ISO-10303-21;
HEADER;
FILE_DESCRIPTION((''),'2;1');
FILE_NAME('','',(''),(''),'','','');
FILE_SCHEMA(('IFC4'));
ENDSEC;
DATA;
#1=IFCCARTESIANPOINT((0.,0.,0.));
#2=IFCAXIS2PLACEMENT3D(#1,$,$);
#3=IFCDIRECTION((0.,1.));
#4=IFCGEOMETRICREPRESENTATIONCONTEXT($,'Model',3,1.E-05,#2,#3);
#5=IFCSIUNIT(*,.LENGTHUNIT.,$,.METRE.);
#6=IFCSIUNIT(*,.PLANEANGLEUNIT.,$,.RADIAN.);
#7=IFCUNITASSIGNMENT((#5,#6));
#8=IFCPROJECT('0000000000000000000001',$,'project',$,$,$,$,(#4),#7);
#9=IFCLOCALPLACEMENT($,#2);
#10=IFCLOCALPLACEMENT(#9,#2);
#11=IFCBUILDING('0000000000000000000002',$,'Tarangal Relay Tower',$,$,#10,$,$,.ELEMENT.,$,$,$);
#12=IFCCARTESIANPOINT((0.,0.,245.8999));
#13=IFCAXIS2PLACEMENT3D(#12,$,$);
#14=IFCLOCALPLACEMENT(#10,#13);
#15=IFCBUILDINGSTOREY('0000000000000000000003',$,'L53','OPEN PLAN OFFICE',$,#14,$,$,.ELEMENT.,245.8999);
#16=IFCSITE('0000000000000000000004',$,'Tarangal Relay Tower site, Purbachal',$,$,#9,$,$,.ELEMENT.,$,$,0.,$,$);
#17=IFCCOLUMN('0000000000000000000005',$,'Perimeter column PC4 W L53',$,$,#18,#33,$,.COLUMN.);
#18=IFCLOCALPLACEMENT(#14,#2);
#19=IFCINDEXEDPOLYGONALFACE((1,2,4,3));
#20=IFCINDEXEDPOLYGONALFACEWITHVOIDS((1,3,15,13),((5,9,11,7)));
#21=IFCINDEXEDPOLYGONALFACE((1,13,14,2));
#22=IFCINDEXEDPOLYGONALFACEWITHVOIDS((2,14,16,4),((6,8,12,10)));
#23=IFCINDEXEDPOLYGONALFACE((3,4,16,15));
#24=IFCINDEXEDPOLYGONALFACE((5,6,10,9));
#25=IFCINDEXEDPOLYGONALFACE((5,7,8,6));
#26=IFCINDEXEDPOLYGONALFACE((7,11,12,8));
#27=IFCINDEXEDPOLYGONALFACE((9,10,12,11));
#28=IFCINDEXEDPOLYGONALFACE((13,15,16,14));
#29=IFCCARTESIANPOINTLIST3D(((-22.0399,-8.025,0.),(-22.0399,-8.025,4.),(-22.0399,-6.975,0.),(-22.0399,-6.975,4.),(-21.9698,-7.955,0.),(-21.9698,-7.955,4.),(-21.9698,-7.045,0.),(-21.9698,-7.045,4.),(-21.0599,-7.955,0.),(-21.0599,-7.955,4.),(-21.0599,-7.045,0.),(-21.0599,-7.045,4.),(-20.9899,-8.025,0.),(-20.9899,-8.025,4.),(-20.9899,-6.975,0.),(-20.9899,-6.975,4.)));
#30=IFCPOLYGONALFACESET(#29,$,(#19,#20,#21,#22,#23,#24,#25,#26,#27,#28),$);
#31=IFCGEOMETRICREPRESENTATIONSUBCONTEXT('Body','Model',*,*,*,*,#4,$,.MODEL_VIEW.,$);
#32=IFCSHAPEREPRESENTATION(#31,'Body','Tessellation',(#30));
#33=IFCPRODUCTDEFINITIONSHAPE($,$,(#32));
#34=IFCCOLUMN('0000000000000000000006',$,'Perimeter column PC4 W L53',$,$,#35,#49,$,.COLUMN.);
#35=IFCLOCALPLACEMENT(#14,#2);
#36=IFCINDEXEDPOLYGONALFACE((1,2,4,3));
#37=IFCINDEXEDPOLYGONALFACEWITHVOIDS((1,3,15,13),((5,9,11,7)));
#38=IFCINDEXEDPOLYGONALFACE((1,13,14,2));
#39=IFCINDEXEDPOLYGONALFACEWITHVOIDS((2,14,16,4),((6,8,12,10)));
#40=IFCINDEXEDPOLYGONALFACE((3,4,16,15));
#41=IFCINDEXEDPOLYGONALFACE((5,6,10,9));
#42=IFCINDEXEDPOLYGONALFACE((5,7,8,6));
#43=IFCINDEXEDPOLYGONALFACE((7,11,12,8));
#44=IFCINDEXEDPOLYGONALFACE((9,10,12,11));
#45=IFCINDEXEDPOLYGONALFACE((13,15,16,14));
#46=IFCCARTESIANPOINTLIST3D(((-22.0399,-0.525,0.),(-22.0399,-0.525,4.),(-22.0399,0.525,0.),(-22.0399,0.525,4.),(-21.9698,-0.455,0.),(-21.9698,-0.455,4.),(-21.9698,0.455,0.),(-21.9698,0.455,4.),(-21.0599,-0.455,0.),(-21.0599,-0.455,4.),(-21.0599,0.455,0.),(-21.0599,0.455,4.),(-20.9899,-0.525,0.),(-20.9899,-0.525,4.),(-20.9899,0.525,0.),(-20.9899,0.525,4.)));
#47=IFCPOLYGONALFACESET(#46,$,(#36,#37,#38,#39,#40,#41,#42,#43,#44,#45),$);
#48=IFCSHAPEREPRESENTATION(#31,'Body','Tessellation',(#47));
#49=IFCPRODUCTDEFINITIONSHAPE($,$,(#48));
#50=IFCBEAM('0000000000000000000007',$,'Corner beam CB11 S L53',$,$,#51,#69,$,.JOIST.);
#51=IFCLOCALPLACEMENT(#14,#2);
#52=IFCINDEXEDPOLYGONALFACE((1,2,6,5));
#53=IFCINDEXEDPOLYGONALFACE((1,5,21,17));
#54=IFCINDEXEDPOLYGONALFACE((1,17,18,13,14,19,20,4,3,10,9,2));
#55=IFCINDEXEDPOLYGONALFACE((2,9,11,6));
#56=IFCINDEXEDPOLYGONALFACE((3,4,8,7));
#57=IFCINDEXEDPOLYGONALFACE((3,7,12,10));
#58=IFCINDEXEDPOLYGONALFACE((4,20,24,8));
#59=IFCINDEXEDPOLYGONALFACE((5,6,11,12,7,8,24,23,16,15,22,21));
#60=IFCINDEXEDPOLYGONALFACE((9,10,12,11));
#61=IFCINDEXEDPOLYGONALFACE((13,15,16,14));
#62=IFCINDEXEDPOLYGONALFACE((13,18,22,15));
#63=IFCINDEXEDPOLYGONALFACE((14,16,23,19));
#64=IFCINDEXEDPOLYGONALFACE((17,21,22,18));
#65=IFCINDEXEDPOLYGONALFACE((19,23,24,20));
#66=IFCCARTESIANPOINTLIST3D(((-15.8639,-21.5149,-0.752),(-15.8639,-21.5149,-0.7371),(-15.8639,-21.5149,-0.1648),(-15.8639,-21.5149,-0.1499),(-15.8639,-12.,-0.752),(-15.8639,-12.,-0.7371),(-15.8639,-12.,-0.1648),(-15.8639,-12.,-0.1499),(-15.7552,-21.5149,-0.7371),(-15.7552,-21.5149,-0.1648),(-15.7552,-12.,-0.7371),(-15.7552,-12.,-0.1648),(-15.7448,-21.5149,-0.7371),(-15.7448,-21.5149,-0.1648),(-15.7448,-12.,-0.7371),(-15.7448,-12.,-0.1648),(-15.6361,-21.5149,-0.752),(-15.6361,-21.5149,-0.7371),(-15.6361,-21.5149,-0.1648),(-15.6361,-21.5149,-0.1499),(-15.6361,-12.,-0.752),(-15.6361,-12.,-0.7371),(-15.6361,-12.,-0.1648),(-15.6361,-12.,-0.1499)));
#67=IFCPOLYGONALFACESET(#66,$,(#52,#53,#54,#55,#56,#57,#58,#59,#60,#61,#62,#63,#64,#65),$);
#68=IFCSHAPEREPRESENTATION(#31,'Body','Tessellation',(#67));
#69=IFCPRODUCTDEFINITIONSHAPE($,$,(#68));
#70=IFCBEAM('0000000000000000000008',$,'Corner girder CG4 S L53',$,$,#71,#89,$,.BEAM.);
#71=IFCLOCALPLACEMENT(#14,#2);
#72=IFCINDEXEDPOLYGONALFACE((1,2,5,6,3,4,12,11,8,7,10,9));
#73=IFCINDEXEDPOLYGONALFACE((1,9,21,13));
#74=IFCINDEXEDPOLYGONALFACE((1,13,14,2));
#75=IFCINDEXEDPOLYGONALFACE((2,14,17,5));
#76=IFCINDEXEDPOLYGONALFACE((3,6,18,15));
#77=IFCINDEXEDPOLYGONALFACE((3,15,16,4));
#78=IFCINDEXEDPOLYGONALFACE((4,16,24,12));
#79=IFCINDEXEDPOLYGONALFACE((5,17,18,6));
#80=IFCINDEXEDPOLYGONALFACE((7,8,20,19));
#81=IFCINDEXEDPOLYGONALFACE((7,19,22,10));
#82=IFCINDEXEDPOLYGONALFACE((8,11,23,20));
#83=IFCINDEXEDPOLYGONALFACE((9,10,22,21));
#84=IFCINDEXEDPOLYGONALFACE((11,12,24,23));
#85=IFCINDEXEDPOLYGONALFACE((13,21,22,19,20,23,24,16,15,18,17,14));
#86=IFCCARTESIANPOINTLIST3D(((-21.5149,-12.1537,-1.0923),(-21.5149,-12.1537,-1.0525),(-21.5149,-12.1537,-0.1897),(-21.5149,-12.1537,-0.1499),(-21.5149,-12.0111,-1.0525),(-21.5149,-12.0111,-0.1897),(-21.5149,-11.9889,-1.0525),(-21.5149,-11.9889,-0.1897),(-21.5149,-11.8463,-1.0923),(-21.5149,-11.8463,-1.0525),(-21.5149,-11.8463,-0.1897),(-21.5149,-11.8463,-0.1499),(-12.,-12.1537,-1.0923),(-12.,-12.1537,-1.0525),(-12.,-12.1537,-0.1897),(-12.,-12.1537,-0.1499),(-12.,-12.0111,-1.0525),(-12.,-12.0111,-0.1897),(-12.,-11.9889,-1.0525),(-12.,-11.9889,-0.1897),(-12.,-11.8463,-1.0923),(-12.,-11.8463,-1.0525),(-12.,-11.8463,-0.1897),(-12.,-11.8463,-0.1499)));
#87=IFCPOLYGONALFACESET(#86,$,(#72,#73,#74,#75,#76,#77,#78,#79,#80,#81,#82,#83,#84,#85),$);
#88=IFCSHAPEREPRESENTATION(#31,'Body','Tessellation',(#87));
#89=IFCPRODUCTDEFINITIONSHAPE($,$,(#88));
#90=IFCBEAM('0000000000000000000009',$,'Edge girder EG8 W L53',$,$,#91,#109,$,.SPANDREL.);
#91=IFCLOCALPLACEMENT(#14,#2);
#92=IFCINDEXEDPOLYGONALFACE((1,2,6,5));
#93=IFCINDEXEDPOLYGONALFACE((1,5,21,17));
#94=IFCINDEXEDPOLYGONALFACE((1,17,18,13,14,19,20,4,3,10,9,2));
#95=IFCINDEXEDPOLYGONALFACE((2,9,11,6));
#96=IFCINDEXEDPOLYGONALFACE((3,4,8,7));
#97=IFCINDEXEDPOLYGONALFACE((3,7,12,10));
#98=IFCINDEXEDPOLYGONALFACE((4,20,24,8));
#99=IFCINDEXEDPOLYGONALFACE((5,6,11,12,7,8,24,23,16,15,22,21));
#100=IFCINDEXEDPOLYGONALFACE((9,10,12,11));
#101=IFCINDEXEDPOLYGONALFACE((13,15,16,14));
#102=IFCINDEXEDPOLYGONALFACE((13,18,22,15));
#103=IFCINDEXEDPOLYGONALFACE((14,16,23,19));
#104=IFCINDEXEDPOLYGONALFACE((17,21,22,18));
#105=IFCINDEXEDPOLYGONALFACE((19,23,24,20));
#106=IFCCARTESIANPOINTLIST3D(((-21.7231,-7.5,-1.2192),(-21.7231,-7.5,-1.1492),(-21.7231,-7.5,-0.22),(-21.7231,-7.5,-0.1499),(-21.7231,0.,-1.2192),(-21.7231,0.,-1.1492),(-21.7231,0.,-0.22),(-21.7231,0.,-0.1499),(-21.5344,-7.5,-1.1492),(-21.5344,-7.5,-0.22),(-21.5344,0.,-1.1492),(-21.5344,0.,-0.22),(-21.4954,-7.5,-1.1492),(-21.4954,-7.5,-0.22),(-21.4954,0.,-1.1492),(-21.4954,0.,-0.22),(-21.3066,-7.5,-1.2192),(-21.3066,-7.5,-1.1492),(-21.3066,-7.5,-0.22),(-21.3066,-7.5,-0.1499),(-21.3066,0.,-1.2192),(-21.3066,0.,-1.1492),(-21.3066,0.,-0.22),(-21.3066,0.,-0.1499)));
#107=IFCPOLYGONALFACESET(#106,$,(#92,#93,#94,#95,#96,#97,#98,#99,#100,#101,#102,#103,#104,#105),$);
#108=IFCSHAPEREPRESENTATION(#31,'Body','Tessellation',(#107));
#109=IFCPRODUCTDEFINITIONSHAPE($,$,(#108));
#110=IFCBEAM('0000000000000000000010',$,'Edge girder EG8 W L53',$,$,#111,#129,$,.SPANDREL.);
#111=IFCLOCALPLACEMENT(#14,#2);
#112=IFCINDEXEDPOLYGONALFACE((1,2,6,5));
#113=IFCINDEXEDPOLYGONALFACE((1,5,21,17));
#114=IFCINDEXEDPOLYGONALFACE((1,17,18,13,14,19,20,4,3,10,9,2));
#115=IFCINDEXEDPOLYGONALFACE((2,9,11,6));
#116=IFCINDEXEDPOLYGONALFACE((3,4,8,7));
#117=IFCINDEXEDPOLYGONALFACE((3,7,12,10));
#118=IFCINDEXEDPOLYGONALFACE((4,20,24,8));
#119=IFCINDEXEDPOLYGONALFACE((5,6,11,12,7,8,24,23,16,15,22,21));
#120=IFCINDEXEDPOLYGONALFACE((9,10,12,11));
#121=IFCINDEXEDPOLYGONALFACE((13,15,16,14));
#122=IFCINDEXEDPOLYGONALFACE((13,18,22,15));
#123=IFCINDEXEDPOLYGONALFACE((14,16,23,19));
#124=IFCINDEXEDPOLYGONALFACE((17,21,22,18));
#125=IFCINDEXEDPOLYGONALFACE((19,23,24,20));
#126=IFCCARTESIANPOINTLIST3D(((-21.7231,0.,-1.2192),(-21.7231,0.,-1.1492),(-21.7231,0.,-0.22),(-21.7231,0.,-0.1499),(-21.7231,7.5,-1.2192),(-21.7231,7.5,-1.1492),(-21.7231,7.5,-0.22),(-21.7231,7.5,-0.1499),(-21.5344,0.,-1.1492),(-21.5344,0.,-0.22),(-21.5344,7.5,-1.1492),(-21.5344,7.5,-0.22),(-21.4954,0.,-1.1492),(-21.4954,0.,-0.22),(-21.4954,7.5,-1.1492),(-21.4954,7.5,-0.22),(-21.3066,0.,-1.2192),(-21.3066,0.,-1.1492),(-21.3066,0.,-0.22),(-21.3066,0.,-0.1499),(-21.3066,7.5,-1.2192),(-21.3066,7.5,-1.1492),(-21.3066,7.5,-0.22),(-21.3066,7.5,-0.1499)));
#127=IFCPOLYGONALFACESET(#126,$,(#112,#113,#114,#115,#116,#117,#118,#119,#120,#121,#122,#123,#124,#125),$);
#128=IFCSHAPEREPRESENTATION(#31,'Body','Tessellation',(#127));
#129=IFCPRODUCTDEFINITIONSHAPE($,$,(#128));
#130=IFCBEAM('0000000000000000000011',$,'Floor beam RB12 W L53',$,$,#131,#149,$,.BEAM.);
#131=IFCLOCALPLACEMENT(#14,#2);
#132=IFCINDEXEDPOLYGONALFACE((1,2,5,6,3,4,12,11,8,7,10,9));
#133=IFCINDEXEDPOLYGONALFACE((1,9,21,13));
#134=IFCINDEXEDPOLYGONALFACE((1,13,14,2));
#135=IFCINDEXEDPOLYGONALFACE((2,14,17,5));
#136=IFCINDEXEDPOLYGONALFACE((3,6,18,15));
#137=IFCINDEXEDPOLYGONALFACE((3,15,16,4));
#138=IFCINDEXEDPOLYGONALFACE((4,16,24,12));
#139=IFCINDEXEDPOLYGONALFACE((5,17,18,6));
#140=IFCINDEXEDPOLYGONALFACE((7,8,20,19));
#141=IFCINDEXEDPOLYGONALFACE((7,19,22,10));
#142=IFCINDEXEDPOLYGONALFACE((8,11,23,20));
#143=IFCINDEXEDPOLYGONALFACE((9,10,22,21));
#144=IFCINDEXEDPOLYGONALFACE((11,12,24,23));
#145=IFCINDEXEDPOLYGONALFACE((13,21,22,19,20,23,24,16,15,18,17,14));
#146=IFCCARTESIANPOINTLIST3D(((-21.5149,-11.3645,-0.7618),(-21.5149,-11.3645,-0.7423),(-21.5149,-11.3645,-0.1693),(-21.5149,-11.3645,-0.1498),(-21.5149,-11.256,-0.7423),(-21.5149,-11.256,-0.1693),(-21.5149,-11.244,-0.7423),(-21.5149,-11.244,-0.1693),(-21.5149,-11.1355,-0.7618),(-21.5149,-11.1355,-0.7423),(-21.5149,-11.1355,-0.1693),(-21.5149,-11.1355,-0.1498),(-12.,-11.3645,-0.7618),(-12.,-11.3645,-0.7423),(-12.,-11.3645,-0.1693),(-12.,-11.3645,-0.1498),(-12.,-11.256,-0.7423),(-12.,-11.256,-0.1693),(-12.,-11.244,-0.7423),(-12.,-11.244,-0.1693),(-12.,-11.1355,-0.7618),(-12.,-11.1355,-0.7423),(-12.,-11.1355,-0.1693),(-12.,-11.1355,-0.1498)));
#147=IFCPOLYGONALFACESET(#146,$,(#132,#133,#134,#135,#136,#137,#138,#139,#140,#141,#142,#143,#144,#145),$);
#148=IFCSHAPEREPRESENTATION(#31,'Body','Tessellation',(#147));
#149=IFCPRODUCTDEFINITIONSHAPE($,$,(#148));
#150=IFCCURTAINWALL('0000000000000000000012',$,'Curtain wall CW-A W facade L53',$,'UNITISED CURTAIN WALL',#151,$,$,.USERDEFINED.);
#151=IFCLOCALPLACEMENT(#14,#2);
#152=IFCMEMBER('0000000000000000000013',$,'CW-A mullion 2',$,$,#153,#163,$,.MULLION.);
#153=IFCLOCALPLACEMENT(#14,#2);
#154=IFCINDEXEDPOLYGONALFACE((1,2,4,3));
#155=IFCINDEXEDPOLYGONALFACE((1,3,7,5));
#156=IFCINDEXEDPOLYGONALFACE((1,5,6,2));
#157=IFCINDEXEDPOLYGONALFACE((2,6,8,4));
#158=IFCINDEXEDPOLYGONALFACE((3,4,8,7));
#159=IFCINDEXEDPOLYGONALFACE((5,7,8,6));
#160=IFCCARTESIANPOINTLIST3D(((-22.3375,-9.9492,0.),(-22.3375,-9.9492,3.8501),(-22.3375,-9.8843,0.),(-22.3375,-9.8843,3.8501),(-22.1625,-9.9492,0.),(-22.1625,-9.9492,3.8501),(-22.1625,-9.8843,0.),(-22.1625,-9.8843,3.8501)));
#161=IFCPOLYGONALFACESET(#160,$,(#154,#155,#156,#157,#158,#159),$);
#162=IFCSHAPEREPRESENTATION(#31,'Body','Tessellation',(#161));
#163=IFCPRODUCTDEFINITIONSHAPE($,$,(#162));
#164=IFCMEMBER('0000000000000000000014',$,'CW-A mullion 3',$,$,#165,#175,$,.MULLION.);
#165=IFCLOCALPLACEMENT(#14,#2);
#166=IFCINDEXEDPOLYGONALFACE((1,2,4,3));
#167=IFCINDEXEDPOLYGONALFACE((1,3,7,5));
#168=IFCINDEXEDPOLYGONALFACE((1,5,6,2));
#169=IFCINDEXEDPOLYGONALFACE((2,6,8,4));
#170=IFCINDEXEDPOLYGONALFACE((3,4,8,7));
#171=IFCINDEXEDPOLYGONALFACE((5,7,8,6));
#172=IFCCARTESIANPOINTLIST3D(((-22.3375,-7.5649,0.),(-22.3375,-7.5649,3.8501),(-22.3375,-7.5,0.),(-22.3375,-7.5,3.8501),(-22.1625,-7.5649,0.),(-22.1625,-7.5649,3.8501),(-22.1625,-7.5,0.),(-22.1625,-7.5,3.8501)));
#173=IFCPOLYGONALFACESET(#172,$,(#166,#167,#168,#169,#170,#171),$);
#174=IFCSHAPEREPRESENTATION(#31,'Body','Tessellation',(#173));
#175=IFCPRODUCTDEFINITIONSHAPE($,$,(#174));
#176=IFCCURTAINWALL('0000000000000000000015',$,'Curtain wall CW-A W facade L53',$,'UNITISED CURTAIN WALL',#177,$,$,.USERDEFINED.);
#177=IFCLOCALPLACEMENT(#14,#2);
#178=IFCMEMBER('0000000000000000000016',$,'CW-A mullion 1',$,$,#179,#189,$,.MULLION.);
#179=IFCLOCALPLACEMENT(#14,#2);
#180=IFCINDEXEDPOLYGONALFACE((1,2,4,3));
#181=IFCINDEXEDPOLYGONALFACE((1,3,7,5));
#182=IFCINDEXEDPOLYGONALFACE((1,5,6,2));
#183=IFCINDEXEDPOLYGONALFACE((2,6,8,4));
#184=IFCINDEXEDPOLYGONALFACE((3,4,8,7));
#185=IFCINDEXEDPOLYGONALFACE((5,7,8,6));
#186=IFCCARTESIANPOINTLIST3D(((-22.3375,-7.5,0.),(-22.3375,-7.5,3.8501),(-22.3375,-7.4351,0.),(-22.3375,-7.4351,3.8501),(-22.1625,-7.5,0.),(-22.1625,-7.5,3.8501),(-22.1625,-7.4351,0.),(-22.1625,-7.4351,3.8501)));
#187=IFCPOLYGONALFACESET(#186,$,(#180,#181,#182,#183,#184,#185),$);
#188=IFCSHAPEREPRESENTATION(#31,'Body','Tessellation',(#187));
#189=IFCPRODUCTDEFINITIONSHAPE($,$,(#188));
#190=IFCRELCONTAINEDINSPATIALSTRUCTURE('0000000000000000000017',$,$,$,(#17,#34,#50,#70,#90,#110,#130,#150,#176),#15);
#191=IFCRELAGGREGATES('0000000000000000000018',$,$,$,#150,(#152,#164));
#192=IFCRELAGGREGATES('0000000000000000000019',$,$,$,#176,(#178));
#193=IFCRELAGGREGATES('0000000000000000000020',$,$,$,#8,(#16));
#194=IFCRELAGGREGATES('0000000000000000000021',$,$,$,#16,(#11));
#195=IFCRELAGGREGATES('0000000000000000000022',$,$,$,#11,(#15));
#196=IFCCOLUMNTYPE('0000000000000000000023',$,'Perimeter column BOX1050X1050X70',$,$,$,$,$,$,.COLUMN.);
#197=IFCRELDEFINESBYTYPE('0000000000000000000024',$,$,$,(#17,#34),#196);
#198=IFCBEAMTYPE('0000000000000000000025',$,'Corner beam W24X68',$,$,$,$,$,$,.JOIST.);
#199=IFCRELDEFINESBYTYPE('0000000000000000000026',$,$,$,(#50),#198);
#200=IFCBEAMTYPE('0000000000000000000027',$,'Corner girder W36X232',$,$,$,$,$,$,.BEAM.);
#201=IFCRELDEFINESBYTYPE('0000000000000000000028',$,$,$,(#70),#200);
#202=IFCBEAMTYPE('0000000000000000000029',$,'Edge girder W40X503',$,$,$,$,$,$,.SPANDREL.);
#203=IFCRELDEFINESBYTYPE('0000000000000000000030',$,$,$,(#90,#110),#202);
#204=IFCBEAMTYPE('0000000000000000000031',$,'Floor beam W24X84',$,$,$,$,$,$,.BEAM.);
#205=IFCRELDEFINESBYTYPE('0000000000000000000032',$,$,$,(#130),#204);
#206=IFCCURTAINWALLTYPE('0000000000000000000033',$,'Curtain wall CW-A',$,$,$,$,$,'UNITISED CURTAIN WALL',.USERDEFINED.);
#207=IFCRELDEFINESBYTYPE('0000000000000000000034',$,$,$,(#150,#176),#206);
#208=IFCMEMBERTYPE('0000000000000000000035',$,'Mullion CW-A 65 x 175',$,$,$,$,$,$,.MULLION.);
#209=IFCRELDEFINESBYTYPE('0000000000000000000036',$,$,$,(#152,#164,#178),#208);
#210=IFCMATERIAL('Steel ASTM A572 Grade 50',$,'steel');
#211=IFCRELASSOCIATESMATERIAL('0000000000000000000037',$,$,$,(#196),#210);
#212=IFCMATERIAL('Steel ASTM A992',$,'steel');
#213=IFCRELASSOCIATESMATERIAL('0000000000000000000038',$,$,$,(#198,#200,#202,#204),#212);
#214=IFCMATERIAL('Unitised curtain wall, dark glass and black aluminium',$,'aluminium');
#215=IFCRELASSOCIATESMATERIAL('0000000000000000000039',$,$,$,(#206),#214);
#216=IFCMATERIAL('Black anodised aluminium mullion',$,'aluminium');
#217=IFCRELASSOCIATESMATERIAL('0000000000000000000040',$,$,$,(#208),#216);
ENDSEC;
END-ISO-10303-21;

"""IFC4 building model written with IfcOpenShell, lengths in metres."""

from ifc_helpers import new_model, si_unit, direction, frame, origin, origin_2d, place, context, subcontext, project, spatial, rectangle, hollow_rectangle, i_section, extrude, material, material_profile, profile_set, type_object, element, aggregate, save


model = new_model("IFC4")

# Units and contexts
model_context = context("Model", 3, precision=1e-05, world=origin(), true_north=direction((0.0, 1.0)))
body_context = subcontext(model_context, "Body", "Model", "MODEL_VIEW")
ifc_project = project(units=[si_unit("LENGTHUNIT", "METRE"), si_unit("PLANEANGLEUNIT", "RADIAN")], contexts=[model_context])

# Site, building, storey
site_placement = place(None, origin())
site = spatial("IfcSite", under=ifc_project, at=site_placement, Name="Tarangal Relay Tower site, Purbachal", CompositionType="ELEMENT", RefElevation=0.0)
building_placement = place(site_placement, origin())
building = spatial("IfcBuilding", under=site, at=building_placement, Name="Tarangal Relay Tower", CompositionType="ELEMENT")
storey_placement = place(building_placement, frame((0.0, 0.0, 245.8999)))
storey = spatial("IfcBuildingStorey", under=building, at=storey_placement, Name="L53", Description="OPEN PLAN OFFICE", CompositionType="ELEMENT", Elevation=245.8999)

# Columns
ifc_material_1 = material(Name="Steel ASTM A572 Grade 50", Category="steel")
ifc_material_profile_1 = material_profile(ifc_material_1, hollow_rectangle(XDim=1.05, YDim=1.05, WallThickness=0.0701, at=origin_2d()), Name="BOX1050X1050X70")
ifc_profile_set_1 = profile_set([ifc_material_profile_1], Name="Steel ASTM A572 Grade 50")
column_type = type_object("IfcColumnType", Name="Perimeter column BOX1050X1050X70", PredefinedType="COLUMN", material=ifc_profile_set_1)
for number, where, z_axis, x_axis, name in (
    (1, (-21.5149, -7.5, 0.0), (0.0, 0.0, 1.0), (1.0, 0.0, 0.0), "Perimeter column PC4 W L53"),
    (2, (-21.5149, 0.0, 0.0), (0.0, 0.0, 1.0), (1.0, 0.0, 0.0), "Perimeter column PC4 W L53"),
):
    element("IfcColumn", number, at=place(storey_placement, frame(where, z_axis=z_axis, x_axis=x_axis)), inside=storey, type_object=column_type, Name=name, PredefinedType="COLUMN", context=body_context, shape_type="SweptSolid", body=[
        extrude(hollow_rectangle(XDim=1.05, YDim=1.05, WallThickness=0.0701, at=origin_2d()), origin(), (0.0, 0.0, 1.0), 4.0),
    ])

# Beams
ifc_material_2 = material(Name="Steel ASTM A992", Category="steel")
ifc_material_profile_2 = material_profile(ifc_material_2, i_section(OverallWidth=0.2278, OverallDepth=0.6021, WebThickness=0.0105, FlangeThickness=0.0149, at=origin_2d()), Name="W24X68")
ifc_profile_set_2 = profile_set([ifc_material_profile_2], Name="Steel ASTM A992")
beam_type_1 = type_object("IfcBeamType", Name="Corner beam W24X68", PredefinedType="JOIST", material=ifc_profile_set_2)
beam_1_placement = place(storey_placement, frame((-15.75, -12.0, -0.4509), z_axis=(0.0, -1.0, 0.0), x_axis=(1.0, 0.0, 0.0)))
element("IfcBeam", 3, at=beam_1_placement, inside=storey, type_object=beam_type_1, Name="Corner beam CB11 S L53", PredefinedType="JOIST", context=body_context, shape_type="SweptSolid", body=[
    extrude(i_section(OverallWidth=0.2278, OverallDepth=0.6021, WebThickness=0.0105, FlangeThickness=0.0149, at=origin_2d()), origin(), (0.0, 0.0, 1.0), 9.5149),
])
ifc_material_profile_3 = material_profile(ifc_material_2, i_section(OverallWidth=0.3074, OverallDepth=0.9424, WebThickness=0.0222, FlangeThickness=0.0398, at=origin_2d()), Name="W36X232")
ifc_profile_set_3 = profile_set([ifc_material_profile_3], Name="Steel ASTM A992")
beam_type_2 = type_object("IfcBeamType", Name="Corner girder W36X232", PredefinedType="BEAM", material=ifc_profile_set_3)
beam_2_placement = place(storey_placement, frame((-12.0, -12.0, -0.6211), z_axis=(-1.0, 0.0, 0.0), x_axis=(0.0, -1.0, 0.0)))
element("IfcBeam", 4, at=beam_2_placement, inside=storey, type_object=beam_type_2, Name="Corner girder CG4 S L53", PredefinedType="BEAM", context=body_context, shape_type="SweptSolid", body=[
    extrude(i_section(OverallWidth=0.3074, OverallDepth=0.9424, WebThickness=0.0222, FlangeThickness=0.0398, at=origin_2d()), origin(), (0.0, 0.0, 1.0), 9.5149),
])
ifc_material_profile_4 = material_profile(ifc_material_2, i_section(OverallWidth=0.4165, OverallDepth=1.0693, WebThickness=0.0391, FlangeThickness=0.0701, at=origin_2d()), Name="W40X503")
ifc_profile_set_4 = profile_set([ifc_material_profile_4], Name="Steel ASTM A992")
beam_type_3 = type_object("IfcBeamType", Name="Edge girder W40X503", PredefinedType="SPANDREL", material=ifc_profile_set_4)
for number, where, z_axis, x_axis, name in (
    (5, (-21.5149, -7.5, -0.6846), (0.0, 1.0, 0.0), (-1.0, 0.0, 0.0), "Edge girder EG8 W L53"),
    (6, (-21.5149, 0.0, -0.6846), (0.0, 1.0, 0.0), (-1.0, 0.0, 0.0), "Edge girder EG8 W L53"),
):
    element("IfcBeam", number, at=place(storey_placement, frame(where, z_axis=z_axis, x_axis=x_axis)), inside=storey, type_object=beam_type_3, Name=name, PredefinedType="SPANDREL", context=body_context, shape_type="SweptSolid", body=[
        extrude(i_section(OverallWidth=0.4165, OverallDepth=1.0693, WebThickness=0.0391, FlangeThickness=0.0701, at=origin_2d()), origin(), (0.0, 0.0, 1.0), 7.5),
    ])
ifc_material_profile_5 = material_profile(ifc_material_2, i_section(OverallWidth=0.229, OverallDepth=0.6121, WebThickness=0.012, FlangeThickness=0.0195, at=origin_2d()), Name="W24X84")
ifc_profile_set_5 = profile_set([ifc_material_profile_5], Name="Steel ASTM A992")
beam_type_4 = type_object("IfcBeamType", Name="Floor beam W24X84", PredefinedType="BEAM", material=ifc_profile_set_5)
beam_3_placement = place(storey_placement, frame((-12.0, -11.25, -0.4558), z_axis=(-1.0, 0.0, 0.0), x_axis=(0.0, -1.0, 0.0)))
element("IfcBeam", 7, at=beam_3_placement, inside=storey, type_object=beam_type_4, Name="Floor beam RB12 W L53", PredefinedType="BEAM", context=body_context, shape_type="SweptSolid", body=[
    extrude(i_section(OverallWidth=0.229, OverallDepth=0.6121, WebThickness=0.012, FlangeThickness=0.0195, at=origin_2d()), origin(), (0.0, 0.0, 1.0), 9.5149),
])

# Curtain walls, members
ifc_material_3 = material(Name="Unitised curtain wall, dark glass and black aluminium", Category="aluminium")
curtain_wall_type = type_object("IfcCurtainWallType", Name="Curtain wall CW-A", ElementType="UNITISED CURTAIN WALL", PredefinedType="USERDEFINED", material=ifc_material_3)
curtain_wall_1_placement = place(storey_placement, origin())
curtain_wall_1 = element("IfcCurtainWall", 8, at=curtain_wall_1_placement, inside=storey, type_object=curtain_wall_type, Name="Curtain wall CW-A W facade L53", ObjectType="UNITISED CURTAIN WALL", PredefinedType="USERDEFINED")
ifc_material_4 = material(Name="Black anodised aluminium mullion", Category="aluminium")
ifc_material_profile_6 = material_profile(ifc_material_4, rectangle(XDim=0.175, YDim=0.0649, at=origin_2d()), Name="CW-AM 65X175")
ifc_profile_set_6 = profile_set([ifc_material_profile_6], Name="Black anodised aluminium mullion")
member_type_1 = type_object("IfcMemberType", Name="Mullion CW-A 65 x 175", PredefinedType="MULLION", material=ifc_profile_set_6)
member_1_placement = place(storey_placement, frame((-22.25, -9.9167, 0.0), z_axis=(0.0, 0.0, 1.0), x_axis=(-1.0, 0.0, 0.0)))
member_1 = element("IfcMember", 9, at=member_1_placement, type_object=member_type_1, Name="CW-A mullion 2", PredefinedType="MULLION", context=body_context, shape_type="SweptSolid", body=[
    extrude(rectangle(XDim=0.175, YDim=0.0649, at=origin_2d()), origin(), (0.0, 0.0, 1.0), 3.8501),
])
member_2_placement = place(storey_placement, frame((-22.25, -7.5325, 0.0), z_axis=(0.0, 0.0, 1.0), x_axis=(-1.0, 0.0, 0.0)))
member_2 = element("IfcMember", 10, at=member_2_placement, type_object=member_type_1, Name="CW-A mullion 3", PredefinedType="MULLION", context=body_context, shape_type="SweptSolid", body=[
    extrude(rectangle(XDim=0.175, YDim=0.0649, at=origin_2d()), origin(), (0.0, 0.0, 1.0), 3.8501),
])
curtain_wall_2_placement = place(storey_placement, origin())
curtain_wall_2 = element("IfcCurtainWall", 11, at=curtain_wall_2_placement, inside=storey, type_object=curtain_wall_type, Name="Curtain wall CW-A W facade L53", ObjectType="UNITISED CURTAIN WALL", PredefinedType="USERDEFINED")
member_3_placement = place(storey_placement, frame((-22.25, -7.4675, 0.0), z_axis=(0.0, 0.0, 1.0), x_axis=(-1.0, 0.0, 0.0)))
member_3 = element("IfcMember", 12, at=member_3_placement, type_object=member_type_1, Name="CW-A mullion 1", PredefinedType="MULLION", context=body_context, shape_type="SweptSolid", body=[
    extrude(rectangle(XDim=0.175, YDim=0.0649, at=origin_2d()), origin(), (0.0, 0.0, 1.0), 3.8501),
])

aggregate(curtain_wall_1, [member_1, member_2])
aggregate(curtain_wall_2, [member_3])

save(model, "model.ifc")
